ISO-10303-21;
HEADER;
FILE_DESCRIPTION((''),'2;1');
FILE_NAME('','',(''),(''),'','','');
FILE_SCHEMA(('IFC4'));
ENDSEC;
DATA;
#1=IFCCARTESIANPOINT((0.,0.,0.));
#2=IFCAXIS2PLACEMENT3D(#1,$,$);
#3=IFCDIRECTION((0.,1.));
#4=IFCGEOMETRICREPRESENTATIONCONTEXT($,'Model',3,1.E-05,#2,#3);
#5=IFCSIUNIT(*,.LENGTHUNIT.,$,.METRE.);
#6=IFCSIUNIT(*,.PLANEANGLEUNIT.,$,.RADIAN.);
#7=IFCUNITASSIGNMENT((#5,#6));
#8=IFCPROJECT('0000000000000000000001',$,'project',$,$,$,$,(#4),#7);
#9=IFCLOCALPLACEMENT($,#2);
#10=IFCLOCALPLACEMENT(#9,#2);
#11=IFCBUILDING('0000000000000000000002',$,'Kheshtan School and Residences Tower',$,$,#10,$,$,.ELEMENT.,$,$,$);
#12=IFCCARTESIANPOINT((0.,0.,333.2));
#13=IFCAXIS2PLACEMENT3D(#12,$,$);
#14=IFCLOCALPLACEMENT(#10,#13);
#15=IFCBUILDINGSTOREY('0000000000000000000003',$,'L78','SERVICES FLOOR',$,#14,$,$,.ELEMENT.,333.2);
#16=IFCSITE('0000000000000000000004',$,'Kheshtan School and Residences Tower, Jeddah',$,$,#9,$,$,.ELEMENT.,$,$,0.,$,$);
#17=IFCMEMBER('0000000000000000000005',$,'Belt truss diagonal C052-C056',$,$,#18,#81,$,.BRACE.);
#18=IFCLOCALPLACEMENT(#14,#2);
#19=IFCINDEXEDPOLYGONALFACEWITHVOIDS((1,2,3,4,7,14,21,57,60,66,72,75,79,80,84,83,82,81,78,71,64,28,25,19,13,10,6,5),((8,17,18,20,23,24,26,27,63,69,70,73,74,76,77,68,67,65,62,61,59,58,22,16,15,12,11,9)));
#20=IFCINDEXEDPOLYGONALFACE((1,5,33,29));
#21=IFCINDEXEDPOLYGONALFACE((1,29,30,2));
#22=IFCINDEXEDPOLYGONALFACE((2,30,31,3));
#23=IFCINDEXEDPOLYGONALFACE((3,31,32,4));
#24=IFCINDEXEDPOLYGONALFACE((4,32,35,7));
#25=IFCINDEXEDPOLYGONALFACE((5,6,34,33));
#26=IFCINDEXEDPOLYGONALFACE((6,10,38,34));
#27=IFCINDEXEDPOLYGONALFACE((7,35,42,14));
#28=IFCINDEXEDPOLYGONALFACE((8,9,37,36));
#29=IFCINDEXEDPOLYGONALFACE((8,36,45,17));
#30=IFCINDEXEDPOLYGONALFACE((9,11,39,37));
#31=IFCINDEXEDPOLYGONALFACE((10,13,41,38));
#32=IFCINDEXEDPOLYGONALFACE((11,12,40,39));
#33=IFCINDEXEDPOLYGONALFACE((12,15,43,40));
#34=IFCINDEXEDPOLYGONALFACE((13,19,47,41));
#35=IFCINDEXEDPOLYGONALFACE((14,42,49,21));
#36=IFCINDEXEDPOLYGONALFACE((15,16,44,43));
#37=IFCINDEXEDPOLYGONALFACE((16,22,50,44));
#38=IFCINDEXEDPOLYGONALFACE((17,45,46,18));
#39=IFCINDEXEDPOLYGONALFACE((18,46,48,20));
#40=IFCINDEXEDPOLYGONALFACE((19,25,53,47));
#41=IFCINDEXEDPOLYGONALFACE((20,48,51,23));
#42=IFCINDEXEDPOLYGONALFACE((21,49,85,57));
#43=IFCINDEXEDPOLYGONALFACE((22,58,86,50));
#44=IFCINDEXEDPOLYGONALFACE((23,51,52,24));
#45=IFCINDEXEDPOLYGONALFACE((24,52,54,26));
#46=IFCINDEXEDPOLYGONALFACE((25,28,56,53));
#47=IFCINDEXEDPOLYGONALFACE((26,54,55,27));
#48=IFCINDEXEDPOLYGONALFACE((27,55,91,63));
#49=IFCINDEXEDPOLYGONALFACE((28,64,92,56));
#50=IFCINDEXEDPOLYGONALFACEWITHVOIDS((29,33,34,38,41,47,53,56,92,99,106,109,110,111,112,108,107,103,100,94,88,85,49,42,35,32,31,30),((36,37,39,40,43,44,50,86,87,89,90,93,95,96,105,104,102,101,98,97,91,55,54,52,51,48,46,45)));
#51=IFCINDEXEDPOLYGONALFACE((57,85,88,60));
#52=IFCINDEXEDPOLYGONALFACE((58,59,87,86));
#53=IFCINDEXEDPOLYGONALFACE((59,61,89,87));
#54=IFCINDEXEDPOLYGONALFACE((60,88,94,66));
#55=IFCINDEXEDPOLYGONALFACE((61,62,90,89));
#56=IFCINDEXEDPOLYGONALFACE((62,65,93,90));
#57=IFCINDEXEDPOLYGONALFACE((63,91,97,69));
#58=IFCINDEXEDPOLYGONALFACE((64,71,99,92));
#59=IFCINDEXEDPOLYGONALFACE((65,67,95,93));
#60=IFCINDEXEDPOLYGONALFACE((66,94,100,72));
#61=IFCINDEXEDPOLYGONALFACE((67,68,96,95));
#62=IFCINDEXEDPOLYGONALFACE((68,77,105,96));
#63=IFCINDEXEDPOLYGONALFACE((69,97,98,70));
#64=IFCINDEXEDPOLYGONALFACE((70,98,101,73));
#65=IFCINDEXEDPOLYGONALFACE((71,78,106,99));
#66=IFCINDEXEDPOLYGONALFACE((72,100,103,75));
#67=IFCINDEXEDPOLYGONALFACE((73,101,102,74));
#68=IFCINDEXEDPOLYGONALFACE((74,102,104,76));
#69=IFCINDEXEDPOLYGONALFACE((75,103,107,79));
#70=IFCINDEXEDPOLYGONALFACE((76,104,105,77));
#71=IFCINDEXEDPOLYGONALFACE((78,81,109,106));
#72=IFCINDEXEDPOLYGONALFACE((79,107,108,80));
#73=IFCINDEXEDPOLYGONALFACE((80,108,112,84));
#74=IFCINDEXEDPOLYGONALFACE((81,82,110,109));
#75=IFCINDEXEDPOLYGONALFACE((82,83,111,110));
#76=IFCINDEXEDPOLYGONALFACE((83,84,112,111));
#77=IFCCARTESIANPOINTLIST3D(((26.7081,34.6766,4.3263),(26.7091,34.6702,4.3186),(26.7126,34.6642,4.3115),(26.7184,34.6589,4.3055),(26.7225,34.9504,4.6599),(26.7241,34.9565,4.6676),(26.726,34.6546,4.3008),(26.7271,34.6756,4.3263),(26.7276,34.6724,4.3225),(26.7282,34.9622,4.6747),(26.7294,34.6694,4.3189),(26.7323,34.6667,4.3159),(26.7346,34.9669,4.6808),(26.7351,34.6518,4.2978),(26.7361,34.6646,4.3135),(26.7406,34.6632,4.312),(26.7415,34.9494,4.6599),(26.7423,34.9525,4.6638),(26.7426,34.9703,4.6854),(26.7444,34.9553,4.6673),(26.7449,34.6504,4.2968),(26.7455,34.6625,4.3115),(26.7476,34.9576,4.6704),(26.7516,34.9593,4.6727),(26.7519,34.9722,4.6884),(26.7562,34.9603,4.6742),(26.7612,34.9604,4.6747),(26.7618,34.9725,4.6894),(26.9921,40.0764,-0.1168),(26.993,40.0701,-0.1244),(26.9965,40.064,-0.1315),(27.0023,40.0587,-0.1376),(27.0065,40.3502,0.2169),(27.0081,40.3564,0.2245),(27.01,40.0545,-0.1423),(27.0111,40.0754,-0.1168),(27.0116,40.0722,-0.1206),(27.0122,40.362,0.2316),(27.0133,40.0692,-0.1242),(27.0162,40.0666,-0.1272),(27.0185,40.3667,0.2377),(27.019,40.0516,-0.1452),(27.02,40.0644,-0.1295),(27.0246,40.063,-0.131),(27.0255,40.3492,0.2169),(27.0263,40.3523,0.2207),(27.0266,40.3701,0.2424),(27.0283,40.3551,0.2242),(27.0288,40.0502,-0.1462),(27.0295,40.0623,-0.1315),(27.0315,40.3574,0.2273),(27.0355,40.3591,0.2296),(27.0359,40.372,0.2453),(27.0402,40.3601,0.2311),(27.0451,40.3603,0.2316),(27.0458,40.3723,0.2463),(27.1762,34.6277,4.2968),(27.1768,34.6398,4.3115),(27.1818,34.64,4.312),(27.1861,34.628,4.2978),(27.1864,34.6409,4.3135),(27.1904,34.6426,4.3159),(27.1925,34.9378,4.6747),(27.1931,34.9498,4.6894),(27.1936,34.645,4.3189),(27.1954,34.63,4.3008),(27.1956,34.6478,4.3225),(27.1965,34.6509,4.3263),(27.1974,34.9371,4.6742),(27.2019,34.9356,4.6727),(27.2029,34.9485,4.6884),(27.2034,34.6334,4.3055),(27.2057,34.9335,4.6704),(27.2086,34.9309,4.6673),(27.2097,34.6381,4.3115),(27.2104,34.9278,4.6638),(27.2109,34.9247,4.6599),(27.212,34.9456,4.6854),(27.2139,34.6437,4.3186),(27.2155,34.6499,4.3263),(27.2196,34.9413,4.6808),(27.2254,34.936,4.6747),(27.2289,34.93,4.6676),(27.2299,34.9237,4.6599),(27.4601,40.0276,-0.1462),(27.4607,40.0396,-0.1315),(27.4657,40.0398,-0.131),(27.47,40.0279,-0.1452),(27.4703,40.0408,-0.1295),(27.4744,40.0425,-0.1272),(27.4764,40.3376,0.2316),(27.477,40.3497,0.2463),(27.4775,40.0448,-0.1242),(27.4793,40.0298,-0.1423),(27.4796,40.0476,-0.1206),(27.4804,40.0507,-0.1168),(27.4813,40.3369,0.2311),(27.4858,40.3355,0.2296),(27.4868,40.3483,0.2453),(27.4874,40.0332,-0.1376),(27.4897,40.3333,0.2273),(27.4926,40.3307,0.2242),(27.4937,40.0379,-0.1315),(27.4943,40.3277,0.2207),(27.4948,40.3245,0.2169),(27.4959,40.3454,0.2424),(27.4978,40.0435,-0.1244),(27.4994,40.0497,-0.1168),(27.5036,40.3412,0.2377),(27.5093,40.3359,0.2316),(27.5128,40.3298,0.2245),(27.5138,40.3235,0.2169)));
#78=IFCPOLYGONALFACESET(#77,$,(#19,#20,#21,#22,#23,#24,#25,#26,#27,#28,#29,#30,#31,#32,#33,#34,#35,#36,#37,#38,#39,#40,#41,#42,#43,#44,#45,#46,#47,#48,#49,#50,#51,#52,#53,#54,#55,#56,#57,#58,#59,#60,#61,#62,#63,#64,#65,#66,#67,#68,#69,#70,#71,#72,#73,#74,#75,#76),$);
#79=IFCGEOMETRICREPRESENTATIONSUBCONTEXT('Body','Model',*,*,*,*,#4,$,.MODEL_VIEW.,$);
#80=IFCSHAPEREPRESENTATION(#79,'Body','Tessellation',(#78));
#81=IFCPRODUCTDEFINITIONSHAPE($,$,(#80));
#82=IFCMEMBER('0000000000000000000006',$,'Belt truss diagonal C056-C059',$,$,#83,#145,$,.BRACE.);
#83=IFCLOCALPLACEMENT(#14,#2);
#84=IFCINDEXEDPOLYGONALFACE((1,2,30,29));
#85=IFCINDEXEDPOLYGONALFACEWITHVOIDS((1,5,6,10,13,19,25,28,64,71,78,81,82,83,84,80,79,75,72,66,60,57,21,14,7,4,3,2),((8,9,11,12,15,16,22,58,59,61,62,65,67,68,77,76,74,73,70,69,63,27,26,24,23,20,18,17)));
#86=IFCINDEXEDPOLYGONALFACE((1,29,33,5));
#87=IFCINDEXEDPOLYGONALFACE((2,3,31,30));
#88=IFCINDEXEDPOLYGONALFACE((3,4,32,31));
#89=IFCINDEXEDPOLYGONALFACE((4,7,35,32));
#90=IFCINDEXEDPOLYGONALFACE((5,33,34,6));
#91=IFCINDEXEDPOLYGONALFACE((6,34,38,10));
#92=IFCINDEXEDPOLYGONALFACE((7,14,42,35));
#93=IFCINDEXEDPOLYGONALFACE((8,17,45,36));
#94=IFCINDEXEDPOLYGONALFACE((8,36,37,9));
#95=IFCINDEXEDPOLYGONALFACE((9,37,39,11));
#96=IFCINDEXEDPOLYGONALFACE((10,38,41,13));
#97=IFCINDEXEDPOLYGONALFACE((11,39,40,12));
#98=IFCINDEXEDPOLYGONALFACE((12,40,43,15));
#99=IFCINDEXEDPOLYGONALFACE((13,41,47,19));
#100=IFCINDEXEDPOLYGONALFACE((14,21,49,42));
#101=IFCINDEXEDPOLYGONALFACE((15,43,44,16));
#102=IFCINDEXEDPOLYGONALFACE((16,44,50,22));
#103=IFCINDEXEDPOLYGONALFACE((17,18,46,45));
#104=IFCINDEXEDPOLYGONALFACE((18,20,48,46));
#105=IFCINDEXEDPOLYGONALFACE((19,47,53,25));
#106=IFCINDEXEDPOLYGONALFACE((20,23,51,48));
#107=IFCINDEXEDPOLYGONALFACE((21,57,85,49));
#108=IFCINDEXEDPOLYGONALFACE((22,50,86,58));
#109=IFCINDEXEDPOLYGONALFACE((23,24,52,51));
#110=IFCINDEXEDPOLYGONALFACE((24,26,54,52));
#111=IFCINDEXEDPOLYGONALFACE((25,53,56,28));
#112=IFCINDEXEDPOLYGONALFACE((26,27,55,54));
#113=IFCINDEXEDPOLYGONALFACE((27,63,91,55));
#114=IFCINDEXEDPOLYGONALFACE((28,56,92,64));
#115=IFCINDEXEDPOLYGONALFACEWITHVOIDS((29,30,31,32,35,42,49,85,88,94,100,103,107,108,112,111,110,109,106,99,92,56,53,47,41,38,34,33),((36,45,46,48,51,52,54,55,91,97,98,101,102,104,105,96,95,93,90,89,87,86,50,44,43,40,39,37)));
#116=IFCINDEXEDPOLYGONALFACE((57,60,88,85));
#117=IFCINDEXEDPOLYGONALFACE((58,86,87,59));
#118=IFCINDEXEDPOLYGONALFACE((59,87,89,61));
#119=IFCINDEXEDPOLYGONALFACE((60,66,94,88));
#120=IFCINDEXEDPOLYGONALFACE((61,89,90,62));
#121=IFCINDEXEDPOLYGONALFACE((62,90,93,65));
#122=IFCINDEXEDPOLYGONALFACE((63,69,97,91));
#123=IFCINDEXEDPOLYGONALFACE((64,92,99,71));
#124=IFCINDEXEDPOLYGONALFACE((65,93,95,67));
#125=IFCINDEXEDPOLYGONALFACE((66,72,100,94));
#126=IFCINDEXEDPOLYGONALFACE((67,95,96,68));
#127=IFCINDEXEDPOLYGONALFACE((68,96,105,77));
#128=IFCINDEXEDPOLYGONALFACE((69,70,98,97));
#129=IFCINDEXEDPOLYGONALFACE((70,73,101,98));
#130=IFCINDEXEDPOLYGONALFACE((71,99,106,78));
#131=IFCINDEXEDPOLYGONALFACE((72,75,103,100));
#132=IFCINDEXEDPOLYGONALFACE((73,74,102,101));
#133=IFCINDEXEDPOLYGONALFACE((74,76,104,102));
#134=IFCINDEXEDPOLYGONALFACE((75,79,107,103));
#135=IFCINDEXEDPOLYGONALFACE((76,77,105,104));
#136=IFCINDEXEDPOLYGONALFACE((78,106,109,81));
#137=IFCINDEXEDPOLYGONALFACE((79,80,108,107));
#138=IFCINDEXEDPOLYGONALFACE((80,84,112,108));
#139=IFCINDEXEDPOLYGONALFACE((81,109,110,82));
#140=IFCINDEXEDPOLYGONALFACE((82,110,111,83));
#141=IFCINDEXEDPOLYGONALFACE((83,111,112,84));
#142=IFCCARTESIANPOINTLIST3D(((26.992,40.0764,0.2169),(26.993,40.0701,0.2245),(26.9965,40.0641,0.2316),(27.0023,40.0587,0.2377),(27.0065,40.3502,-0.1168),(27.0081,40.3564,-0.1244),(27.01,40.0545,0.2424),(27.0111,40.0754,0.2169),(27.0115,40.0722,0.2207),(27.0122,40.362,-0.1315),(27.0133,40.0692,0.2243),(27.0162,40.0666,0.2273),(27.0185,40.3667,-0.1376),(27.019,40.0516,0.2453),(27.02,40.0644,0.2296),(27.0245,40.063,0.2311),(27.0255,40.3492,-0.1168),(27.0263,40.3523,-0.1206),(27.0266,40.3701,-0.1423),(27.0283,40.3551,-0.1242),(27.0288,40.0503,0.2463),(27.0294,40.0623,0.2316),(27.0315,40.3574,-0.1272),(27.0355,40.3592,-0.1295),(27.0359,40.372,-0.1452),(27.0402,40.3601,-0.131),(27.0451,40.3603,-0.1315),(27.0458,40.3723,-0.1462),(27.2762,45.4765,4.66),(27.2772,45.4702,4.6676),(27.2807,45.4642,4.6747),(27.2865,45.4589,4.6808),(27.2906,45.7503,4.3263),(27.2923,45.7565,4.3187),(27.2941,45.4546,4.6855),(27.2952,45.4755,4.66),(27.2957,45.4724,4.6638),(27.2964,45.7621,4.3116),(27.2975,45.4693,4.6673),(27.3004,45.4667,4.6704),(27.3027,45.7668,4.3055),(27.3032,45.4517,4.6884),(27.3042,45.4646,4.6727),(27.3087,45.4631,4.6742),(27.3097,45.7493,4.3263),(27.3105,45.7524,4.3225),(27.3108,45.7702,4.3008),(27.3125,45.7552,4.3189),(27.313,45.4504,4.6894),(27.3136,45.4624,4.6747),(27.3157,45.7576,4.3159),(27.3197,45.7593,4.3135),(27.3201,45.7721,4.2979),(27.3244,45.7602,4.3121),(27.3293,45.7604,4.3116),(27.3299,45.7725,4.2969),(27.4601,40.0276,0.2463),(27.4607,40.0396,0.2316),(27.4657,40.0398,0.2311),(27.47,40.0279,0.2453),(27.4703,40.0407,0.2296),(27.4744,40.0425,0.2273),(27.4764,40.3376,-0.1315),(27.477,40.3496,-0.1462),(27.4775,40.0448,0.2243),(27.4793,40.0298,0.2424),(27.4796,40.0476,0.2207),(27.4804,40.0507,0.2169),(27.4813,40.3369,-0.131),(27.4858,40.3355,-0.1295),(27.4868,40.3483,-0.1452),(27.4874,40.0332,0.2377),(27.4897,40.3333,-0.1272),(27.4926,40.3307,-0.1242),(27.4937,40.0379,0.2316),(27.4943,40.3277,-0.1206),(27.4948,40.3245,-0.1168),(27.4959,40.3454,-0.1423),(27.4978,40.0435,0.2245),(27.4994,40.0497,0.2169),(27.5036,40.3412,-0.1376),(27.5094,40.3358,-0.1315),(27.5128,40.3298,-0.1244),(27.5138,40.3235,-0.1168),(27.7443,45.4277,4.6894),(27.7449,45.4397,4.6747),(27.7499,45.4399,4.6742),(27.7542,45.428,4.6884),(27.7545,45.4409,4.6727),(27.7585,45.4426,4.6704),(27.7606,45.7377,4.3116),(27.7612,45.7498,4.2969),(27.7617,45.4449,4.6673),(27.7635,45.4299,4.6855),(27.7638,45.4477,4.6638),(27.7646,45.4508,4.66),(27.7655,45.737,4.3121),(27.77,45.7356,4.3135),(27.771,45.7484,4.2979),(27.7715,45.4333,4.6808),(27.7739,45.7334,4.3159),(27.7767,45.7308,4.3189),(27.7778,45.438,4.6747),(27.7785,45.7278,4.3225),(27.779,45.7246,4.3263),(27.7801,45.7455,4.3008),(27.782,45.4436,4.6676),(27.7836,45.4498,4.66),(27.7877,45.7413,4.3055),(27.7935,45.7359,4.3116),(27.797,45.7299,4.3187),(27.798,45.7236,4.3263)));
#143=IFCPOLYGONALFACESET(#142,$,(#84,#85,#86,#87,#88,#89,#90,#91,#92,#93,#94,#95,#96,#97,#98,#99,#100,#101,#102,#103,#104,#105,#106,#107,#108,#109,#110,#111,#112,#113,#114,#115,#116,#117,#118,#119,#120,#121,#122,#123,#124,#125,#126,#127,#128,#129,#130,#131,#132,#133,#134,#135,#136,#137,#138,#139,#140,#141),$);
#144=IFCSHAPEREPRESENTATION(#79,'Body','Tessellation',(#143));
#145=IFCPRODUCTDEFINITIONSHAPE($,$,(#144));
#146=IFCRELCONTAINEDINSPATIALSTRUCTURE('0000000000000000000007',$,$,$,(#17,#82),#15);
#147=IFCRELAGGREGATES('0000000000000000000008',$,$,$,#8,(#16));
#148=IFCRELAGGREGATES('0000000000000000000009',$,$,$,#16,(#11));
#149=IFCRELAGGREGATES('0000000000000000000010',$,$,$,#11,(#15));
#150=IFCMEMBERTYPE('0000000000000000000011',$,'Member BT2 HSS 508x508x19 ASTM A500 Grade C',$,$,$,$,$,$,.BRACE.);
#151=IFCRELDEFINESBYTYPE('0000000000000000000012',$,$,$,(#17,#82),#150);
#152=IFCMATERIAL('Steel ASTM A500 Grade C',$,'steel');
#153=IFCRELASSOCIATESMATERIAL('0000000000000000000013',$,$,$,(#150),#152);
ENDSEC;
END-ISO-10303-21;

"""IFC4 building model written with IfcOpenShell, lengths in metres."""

from ifc_helpers import new_model, si_unit, direction, frame, origin, origin_2d, place, context, subcontext, project, spatial, hollow_rectangle, extrude, material, material_profile, profile_set, type_object, element, save


model = new_model("IFC4")

# Units and contexts
model_context = context("Model", 3, precision=1e-05, world=origin(), true_north=direction((0.0, 1.0)))
body_context = subcontext(model_context, "Body", "Model", "MODEL_VIEW")
ifc_project = project(units=[si_unit("LENGTHUNIT", "METRE"), si_unit("PLANEANGLEUNIT", "RADIAN")], contexts=[model_context])

# Site, building, storey
site_placement = place(None, origin())
site = spatial("IfcSite", under=ifc_project, at=site_placement, Name="Kheshtan School and Residences Tower, Jeddah", CompositionType="ELEMENT", RefElevation=0.0)
building_placement = place(site_placement, origin())
building = spatial("IfcBuilding", under=site, at=building_placement, Name="Kheshtan School and Residences Tower", CompositionType="ELEMENT")
storey_placement = place(building_placement, frame((0.0, 0.0, 333.2)))
storey = spatial("IfcBuildingStorey", under=building, at=storey_placement, Name="L78", Description="SERVICES FLOOR", CompositionType="ELEMENT", Elevation=333.2)

# Members
ifc_material_1 = material(Name="Steel ASTM A500 Grade C", Category="steel")
ifc_material_profile_1 = material_profile(ifc_material_1, hollow_rectangle(XDim=0.5081, YDim=0.5081, WallThickness=0.019, InnerFilletRadius=0.019, OuterFilletRadius=0.0381, at=origin_2d()), Name="HSS 508x508x19")
ifc_profile_set_1 = profile_set([ifc_material_profile_1], Name="Steel ASTM A500 Grade C")
member_type = type_object("IfcMemberType", Name="Member BT2 HSS 508x508x19 ASTM A500 Grade C", PredefinedType="BRACE", material=ifc_profile_set_1)
member_1_placement = place(storey_placement, frame((27.2529, 40.2, 0.05), z_axis=(-0.04057, -0.771566, 0.634855), x_axis=(0.99862, -0.052509, 0.0)))
element("IfcMember", 1, at=member_1_placement, inside=storey, type_object=member_type, Name="Belt truss diagonal C052-C056", PredefinedType="BRACE", context=body_context, shape_type="SweptSolid", body=[
    extrude(hollow_rectangle(XDim=0.5081, YDim=0.5081, WallThickness=0.019, InnerFilletRadius=0.019, OuterFilletRadius=0.0381, at=origin_2d()), origin(), (0.0, 0.0, 1.0), 6.9985),
])
for number, where, z_axis, x_axis, name in (
    (2, (27.2529, 40.2, 0.05), (0.040604, 0.771579, 0.634837), (-0.998618, 0.052552, 0.0), "Belt truss diagonal C056-C059"),
):
    element("IfcMember", number, at=place(storey_placement, frame(where, z_axis=z_axis, x_axis=x_axis)), inside=storey, type_object=member_type, Name=name, PredefinedType="BRACE", context=body_context, shape_type="SweptSolid", body=[
        extrude(hollow_rectangle(XDim=0.5081, YDim=0.5081, WallThickness=0.019, InnerFilletRadius=0.019, OuterFilletRadius=0.0381, at=origin_2d()), origin(), (0.0, 0.0, 1.0), 6.9988),
    ])

save(model, "model.ifc")
